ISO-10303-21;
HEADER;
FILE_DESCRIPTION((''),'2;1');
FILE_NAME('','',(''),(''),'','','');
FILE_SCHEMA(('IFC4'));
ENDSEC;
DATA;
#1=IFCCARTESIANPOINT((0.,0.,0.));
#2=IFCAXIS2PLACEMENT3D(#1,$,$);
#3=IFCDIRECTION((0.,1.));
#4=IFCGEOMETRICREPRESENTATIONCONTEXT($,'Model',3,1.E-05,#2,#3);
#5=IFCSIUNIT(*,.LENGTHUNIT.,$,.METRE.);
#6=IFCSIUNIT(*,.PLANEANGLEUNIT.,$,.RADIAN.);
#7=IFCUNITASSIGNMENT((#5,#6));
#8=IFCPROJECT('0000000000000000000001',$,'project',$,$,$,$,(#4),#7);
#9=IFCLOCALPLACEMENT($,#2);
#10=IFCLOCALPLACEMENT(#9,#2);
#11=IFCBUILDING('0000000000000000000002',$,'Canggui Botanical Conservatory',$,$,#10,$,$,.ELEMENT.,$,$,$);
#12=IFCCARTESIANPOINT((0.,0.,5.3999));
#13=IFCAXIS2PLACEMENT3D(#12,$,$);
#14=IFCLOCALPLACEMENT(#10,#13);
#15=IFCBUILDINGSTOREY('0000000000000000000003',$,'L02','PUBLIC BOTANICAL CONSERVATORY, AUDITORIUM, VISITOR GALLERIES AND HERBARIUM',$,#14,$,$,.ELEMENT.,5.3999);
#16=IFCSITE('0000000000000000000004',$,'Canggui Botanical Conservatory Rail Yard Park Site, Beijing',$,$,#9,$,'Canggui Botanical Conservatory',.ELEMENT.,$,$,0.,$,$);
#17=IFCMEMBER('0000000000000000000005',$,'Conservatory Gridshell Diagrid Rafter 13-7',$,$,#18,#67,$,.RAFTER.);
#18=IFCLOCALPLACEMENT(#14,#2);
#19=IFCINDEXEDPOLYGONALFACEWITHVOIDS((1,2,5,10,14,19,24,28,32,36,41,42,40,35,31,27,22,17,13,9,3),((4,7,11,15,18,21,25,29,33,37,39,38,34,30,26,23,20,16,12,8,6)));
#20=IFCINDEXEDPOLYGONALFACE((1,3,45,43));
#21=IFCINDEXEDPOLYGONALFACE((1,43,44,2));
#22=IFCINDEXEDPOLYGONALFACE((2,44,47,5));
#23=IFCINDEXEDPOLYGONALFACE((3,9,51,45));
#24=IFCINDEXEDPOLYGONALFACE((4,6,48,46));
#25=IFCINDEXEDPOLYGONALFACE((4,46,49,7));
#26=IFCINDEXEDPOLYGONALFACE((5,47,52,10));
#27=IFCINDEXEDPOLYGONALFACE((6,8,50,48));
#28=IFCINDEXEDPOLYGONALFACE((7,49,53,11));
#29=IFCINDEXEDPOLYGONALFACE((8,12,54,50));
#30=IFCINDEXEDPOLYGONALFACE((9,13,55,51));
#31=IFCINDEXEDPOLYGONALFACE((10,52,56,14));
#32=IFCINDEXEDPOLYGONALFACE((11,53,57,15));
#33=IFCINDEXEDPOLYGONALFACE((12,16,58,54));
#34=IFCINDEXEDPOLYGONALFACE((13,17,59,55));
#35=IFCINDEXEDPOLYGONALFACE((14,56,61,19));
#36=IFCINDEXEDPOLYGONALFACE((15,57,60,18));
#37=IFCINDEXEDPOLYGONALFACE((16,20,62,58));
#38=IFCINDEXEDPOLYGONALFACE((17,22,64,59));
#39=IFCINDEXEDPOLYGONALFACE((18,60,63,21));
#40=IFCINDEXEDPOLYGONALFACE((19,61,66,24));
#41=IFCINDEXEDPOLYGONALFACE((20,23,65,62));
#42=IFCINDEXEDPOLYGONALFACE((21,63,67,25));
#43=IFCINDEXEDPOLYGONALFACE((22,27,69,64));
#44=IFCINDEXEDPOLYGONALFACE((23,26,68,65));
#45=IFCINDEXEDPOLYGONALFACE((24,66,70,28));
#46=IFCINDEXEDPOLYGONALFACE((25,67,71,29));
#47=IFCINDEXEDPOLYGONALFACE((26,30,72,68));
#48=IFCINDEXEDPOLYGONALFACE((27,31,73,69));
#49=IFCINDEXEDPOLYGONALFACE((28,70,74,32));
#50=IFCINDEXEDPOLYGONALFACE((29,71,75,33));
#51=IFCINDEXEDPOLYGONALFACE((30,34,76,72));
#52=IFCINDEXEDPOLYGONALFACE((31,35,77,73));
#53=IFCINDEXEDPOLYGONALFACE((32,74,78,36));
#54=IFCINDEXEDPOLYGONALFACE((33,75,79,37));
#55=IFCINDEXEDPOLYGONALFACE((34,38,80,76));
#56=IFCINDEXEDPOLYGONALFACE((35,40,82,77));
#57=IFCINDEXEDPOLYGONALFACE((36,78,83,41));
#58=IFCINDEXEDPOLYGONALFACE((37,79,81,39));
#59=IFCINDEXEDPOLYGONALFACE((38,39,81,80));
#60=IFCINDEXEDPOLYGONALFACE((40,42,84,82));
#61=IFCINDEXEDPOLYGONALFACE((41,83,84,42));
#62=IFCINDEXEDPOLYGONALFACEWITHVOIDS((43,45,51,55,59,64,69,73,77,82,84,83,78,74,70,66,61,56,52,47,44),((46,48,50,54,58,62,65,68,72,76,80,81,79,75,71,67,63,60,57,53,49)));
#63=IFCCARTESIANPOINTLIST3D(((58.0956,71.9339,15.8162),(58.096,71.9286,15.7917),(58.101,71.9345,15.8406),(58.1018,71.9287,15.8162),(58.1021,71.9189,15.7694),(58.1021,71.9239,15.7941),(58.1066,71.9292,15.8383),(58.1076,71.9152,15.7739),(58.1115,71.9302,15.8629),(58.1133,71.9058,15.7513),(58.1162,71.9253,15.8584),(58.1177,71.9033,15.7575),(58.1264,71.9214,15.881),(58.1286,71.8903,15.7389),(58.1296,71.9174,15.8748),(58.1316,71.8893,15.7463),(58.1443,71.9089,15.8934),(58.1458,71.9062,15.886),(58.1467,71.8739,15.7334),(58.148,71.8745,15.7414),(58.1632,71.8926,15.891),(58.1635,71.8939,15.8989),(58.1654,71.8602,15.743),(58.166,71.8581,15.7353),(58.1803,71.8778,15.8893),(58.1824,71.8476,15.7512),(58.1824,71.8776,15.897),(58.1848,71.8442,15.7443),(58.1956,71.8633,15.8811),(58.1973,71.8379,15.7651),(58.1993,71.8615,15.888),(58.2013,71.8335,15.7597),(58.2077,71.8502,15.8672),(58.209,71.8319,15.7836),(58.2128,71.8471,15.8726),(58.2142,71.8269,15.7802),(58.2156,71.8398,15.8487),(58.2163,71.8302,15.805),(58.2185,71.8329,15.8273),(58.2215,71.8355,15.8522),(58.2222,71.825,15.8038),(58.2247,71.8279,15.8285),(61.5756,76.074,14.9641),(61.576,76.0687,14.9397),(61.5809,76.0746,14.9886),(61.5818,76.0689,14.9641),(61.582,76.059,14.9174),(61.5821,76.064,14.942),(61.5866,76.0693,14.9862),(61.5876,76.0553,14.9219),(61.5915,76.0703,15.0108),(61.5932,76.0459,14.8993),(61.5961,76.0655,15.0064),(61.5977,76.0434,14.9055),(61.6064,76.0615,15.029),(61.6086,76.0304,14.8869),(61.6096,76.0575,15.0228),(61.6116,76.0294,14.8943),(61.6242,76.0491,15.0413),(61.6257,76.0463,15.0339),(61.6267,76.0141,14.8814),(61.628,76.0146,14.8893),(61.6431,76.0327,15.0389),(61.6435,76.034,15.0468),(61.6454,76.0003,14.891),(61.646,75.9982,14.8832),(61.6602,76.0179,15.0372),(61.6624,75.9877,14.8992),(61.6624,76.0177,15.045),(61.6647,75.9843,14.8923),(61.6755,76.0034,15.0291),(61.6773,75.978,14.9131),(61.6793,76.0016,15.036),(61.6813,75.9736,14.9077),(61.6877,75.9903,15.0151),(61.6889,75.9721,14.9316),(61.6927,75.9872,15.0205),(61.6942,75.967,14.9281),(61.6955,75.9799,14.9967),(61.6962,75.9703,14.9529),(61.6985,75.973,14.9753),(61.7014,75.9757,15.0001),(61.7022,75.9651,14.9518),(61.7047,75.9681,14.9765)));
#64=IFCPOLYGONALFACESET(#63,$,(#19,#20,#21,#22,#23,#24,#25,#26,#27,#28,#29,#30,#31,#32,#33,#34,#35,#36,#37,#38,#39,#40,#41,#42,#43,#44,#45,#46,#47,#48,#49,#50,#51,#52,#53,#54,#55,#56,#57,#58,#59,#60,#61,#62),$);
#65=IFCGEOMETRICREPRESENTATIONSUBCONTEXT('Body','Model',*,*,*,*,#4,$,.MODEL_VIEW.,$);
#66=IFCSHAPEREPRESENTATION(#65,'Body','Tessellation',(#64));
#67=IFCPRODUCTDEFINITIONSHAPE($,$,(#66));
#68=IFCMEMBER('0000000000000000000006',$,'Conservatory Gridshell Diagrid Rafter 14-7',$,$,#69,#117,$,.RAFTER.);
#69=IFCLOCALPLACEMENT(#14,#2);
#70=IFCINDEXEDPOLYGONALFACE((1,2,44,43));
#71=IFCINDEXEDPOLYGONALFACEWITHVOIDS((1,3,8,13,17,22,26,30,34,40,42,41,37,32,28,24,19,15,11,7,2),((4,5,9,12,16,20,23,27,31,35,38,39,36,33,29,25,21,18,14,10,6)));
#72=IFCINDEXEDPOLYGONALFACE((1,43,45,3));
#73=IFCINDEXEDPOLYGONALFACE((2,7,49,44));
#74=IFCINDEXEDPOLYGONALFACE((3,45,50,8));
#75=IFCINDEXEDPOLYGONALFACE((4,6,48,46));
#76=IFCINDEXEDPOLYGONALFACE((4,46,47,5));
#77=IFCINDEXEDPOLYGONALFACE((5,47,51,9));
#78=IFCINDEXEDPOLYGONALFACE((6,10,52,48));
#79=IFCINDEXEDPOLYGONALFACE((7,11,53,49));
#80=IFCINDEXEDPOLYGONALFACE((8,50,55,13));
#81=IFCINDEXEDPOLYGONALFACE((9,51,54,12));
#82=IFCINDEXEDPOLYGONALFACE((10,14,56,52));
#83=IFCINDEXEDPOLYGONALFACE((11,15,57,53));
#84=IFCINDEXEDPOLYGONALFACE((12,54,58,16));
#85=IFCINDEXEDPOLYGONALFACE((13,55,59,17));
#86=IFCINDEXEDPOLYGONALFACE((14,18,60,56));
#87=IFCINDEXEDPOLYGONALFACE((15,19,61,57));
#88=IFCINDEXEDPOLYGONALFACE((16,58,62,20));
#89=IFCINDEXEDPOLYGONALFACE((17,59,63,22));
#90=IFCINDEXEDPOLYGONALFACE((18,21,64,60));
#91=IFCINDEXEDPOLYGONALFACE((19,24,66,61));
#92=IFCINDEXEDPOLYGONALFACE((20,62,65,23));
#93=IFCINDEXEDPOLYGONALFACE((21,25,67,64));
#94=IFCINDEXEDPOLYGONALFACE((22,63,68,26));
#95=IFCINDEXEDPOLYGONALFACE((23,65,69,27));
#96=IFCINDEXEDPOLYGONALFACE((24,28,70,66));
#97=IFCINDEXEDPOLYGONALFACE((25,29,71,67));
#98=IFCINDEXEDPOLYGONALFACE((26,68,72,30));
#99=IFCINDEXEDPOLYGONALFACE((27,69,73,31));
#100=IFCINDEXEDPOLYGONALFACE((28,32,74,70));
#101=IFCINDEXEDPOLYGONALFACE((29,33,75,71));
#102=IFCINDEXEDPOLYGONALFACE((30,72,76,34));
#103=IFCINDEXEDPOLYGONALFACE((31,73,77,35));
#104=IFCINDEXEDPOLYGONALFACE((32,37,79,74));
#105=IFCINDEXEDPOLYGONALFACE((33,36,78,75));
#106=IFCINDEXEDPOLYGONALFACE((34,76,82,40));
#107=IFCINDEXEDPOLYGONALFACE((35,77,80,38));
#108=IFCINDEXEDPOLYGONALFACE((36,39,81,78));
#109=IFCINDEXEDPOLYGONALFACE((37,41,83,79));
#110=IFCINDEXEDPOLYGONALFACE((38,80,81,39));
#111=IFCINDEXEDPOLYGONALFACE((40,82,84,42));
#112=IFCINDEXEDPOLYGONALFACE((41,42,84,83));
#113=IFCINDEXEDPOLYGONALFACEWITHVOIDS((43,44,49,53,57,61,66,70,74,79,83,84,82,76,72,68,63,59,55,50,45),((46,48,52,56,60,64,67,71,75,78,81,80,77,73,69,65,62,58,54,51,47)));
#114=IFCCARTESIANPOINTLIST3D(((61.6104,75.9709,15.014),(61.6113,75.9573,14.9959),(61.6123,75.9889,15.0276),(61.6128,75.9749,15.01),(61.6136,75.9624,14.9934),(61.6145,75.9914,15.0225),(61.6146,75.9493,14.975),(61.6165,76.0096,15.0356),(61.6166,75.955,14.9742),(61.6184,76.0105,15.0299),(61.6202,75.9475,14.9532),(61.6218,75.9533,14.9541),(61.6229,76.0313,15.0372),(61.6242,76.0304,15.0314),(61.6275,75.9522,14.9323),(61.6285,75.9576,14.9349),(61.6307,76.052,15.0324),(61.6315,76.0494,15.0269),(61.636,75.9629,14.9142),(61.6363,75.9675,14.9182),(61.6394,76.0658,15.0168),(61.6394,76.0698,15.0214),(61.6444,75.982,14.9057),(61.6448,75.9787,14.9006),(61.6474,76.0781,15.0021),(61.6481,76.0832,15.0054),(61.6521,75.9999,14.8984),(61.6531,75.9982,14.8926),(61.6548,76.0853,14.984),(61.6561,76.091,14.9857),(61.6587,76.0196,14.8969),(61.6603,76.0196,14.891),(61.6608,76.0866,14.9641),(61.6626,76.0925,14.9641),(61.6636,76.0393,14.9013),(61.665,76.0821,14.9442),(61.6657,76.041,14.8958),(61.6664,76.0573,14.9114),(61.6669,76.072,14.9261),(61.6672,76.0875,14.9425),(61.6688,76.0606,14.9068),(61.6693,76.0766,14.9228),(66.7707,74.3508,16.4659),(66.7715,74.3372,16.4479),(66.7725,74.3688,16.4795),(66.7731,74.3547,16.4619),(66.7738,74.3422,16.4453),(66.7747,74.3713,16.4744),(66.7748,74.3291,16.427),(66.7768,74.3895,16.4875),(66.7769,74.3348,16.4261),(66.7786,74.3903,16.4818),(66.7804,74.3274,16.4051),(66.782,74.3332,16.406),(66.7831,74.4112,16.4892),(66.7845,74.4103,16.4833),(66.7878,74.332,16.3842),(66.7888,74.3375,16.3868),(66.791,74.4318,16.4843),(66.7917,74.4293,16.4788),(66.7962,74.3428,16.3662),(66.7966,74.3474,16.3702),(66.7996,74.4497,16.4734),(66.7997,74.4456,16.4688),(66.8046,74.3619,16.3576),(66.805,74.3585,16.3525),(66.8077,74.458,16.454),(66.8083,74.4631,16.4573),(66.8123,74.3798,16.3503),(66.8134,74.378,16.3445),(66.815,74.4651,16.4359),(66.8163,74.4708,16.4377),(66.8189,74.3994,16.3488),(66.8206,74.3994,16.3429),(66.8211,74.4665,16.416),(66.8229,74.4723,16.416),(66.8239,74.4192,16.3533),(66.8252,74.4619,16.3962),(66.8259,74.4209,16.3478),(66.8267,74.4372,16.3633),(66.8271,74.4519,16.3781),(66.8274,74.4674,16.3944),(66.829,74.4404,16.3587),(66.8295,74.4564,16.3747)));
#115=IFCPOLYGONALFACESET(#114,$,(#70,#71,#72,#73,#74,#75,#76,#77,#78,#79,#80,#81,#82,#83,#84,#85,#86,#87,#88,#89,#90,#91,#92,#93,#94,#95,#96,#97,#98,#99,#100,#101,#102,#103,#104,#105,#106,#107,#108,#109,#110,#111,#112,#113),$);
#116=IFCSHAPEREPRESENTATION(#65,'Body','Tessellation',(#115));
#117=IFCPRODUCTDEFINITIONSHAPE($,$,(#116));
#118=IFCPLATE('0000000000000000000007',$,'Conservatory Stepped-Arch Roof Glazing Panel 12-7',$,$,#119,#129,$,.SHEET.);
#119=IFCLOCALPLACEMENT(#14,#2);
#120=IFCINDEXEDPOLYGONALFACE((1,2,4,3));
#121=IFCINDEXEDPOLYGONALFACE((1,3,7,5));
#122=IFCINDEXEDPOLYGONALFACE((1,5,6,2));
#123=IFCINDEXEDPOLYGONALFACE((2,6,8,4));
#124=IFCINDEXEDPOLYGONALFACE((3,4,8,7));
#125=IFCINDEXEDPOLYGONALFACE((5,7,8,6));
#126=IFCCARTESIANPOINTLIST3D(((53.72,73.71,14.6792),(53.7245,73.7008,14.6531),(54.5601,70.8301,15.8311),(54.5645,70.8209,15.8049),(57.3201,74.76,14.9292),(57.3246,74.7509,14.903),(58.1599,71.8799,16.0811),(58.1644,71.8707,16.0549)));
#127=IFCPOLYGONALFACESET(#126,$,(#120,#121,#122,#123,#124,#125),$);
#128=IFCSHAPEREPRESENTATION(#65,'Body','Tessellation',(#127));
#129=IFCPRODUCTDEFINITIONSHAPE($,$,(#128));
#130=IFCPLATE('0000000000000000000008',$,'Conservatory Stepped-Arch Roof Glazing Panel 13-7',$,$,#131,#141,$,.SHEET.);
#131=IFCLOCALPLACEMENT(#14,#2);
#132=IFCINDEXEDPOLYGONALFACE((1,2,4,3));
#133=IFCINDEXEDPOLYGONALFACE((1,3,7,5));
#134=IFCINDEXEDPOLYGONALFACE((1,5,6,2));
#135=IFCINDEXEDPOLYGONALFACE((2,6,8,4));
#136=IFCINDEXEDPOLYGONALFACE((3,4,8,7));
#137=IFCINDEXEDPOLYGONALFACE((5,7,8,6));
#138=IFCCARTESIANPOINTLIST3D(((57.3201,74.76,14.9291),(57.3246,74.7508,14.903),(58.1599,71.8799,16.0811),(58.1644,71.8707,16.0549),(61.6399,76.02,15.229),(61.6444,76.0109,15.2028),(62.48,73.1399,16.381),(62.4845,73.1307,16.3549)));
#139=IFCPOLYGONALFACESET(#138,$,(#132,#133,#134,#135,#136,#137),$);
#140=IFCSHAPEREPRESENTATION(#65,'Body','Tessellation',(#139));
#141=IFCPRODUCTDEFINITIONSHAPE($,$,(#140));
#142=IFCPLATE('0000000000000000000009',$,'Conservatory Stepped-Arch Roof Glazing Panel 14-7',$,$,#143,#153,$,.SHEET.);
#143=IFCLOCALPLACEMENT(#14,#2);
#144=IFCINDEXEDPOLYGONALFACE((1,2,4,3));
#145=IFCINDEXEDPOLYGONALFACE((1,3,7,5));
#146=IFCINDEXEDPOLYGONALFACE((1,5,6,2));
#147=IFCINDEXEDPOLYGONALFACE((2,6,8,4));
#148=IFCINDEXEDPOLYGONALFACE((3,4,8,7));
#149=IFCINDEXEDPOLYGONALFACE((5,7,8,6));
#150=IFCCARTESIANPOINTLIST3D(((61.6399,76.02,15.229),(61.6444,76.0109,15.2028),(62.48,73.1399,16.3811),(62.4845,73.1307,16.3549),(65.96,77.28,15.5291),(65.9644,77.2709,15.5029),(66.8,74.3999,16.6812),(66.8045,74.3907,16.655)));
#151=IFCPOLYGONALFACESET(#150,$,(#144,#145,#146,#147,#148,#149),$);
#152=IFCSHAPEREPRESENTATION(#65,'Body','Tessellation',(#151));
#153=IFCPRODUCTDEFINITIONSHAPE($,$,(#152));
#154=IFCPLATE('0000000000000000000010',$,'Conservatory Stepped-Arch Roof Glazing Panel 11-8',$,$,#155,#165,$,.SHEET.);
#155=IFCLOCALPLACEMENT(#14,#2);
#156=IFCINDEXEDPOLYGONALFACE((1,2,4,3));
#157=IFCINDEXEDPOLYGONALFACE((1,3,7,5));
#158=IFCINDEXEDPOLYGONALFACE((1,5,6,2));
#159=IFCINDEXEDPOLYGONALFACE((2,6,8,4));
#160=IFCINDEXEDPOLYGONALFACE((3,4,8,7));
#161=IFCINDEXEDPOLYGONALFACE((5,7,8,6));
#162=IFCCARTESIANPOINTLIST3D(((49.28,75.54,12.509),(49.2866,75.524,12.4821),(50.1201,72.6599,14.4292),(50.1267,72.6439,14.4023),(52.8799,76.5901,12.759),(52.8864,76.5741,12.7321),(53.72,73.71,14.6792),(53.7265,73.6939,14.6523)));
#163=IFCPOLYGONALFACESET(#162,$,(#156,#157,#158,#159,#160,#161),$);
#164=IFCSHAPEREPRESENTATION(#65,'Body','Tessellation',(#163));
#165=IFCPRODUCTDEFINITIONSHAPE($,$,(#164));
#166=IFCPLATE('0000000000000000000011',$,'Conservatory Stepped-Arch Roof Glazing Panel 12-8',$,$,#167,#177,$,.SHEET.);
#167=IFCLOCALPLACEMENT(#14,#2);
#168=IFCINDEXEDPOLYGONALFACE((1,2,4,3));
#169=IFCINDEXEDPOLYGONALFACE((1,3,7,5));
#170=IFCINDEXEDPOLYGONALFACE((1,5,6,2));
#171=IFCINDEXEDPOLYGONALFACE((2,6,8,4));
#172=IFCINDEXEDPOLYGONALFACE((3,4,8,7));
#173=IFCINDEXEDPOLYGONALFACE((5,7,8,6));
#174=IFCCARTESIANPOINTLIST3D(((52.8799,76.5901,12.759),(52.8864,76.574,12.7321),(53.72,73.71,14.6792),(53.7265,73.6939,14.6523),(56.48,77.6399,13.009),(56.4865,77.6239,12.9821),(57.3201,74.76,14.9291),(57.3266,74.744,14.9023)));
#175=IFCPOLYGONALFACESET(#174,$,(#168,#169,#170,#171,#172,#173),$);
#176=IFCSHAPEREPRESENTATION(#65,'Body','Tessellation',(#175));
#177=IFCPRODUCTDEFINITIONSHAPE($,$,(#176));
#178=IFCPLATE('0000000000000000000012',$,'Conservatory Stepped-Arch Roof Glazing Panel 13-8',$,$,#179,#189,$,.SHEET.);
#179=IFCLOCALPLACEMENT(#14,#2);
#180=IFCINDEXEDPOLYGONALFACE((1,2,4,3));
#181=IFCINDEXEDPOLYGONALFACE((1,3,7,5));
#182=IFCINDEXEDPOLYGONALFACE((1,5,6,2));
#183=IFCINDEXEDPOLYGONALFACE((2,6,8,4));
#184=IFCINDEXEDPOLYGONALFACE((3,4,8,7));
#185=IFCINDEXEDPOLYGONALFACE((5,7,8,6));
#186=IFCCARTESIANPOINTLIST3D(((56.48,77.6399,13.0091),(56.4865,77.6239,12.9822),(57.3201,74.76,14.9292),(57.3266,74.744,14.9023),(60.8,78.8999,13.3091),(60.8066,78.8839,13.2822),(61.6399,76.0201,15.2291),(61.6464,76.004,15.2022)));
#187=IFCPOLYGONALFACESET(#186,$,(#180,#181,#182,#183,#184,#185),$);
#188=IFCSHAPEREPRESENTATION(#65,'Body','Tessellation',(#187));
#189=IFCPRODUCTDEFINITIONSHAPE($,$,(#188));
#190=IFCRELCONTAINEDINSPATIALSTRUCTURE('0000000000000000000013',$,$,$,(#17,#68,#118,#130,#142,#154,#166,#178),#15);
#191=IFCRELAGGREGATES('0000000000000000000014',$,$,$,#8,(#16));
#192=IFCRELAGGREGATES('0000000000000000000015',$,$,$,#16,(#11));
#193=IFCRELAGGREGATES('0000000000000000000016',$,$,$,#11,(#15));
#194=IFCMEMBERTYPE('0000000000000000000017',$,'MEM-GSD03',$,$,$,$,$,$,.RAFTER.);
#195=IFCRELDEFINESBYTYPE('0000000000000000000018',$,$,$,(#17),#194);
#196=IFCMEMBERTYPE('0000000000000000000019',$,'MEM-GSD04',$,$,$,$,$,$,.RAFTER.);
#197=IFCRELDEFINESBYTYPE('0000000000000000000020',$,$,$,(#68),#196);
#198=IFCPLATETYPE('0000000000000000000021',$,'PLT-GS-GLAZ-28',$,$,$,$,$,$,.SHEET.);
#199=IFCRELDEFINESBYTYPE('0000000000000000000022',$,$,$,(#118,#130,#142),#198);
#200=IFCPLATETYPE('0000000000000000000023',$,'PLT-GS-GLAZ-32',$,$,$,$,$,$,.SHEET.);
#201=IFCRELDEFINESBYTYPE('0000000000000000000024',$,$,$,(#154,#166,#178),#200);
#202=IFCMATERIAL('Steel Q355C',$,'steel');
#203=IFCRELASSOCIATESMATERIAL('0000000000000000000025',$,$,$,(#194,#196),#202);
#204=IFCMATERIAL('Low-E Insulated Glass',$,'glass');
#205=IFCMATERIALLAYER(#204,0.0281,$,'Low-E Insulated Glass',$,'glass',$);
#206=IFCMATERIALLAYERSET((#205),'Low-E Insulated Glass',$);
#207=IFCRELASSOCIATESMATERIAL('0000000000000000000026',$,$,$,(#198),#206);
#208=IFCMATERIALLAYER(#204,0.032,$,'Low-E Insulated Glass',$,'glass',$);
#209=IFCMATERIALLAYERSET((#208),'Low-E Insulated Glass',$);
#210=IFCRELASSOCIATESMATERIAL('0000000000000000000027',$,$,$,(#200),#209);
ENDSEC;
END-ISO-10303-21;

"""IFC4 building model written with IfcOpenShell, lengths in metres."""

from ifc_helpers import new_model, si_unit, direction, frame, origin, origin_2d, place, context, subcontext, project, spatial, polyline, hollow_circle, outline, extrude, material, layer, layer_set, material_profile, profile_set, type_object, element, save


model = new_model("IFC4")

# Units and contexts
model_context = context("Model", 3, precision=1e-05, world=origin(), true_north=direction((0.0, 1.0)))
body_context = subcontext(model_context, "Body", "Model", "MODEL_VIEW")
ifc_project = project(units=[si_unit("LENGTHUNIT", "METRE"), si_unit("PLANEANGLEUNIT", "RADIAN")], contexts=[model_context])

# Site, building, storey
site_placement = place(None, origin())
site = spatial("IfcSite", under=ifc_project, at=site_placement, Name="Canggui Botanical Conservatory Rail Yard Park Site, Beijing", LongName="Canggui Botanical Conservatory", CompositionType="ELEMENT", RefElevation=0.0)
building_placement = place(site_placement, origin())
building = spatial("IfcBuilding", under=site, at=building_placement, Name="Canggui Botanical Conservatory", CompositionType="ELEMENT")
storey_placement = place(building_placement, frame((0.0, 0.0, 5.3999)))
storey = spatial("IfcBuildingStorey", under=building, at=storey_placement, Name="L02", Description="PUBLIC BOTANICAL CONSERVATORY, AUDITORIUM, VISITOR GALLERIES AND HERBARIUM", CompositionType="ELEMENT", Elevation=5.3999)

# Shared definitions
ifc_material_1 = material(Name="Steel Q355C", Category="steel")

# Members
ifc_material_profile_1 = material_profile(ifc_material_1, hollow_circle(Radius=0.084, WallThickness=0.0081, at=origin_2d()), Name="CHS 168x8")
ifc_profile_set_1 = profile_set([ifc_material_profile_1], Name="Steel Q355C")
member_type_1 = type_object("IfcMemberType", Name="MEM-GSD03", PredefinedType="RAFTER", material=ifc_profile_set_1)
member_1_placement = place(storey_placement, frame((58.1599, 71.8799, 15.8162), z_axis=(0.635598, 0.756172, -0.155622), x_axis=(-0.765499, 0.643438, 0.0)))
element("IfcMember", 1, at=member_1_placement, inside=storey, type_object=member_type_1, Name="Conservatory Gridshell Diagrid Rafter 13-7", PredefinedType="RAFTER", context=body_context, shape_type="SweptSolid", body=[
    extrude(hollow_circle(Radius=0.084, WallThickness=0.0081, at=origin_2d()), origin(), (0.0, 0.0, 1.0), 5.4751),
])
ifc_material_profile_2 = material_profile(ifc_material_1, hollow_circle(Radius=0.0759, WallThickness=0.0061, at=origin_2d()), Name="CHS 152x6")
ifc_profile_set_2 = profile_set([ifc_material_profile_2], Name="Steel Q355C")
member_type_2 = type_object("IfcMemberType", Name="MEM-GSD04", PredefinedType="RAFTER", material=ifc_profile_set_2)
member_2_placement = place(storey_placement, frame((61.6399, 76.02, 14.9641), z_axis=(0.921456, -0.289307, 0.259269), x_axis=(0.29955, 0.954081, 0.0)))
element("IfcMember", 2, at=member_2_placement, inside=storey, type_object=member_type_2, Name="Conservatory Gridshell Diagrid Rafter 14-7", PredefinedType="RAFTER", context=body_context, shape_type="SweptSolid", body=[
    extrude(hollow_circle(Radius=0.0759, WallThickness=0.0061, at=origin_2d()), origin(), (0.0, 0.0, 1.0), 5.6001),
])

# Plates
ifc_material_2 = material(Name="Low-E Insulated Glass", Category="glass")
ifc_layer_1 = layer(ifc_material_2, 0.0281, Name="Low-E Insulated Glass", Category="glass")
ifc_layer_set_1 = layer_set([ifc_layer_1], Name="Low-E Insulated Glass")
plate_type_1 = type_object("IfcPlateType", Name="PLT-GS-GLAZ-28", PredefinedType="SHEET", material=ifc_layer_set_1)
plate_1_placement = place(storey_placement, frame((54.5601, 70.8301, 15.8311), z_axis=(-0.159796, 0.326047, 0.93175), x_axis=(0.957884, 0.279344, 0.066527)))
element("IfcPlate", 3, at=plate_1_placement, inside=storey, type_object=plate_type_1, Name="Conservatory Stepped-Arch Roof Glazing Panel 12-7", PredefinedType="SHEET", context=body_context, shape_type="SweptSolid", body=[
    extrude(outline(polyline([(0.0, 0.0), (3.7581, 0.0), (3.6816, 3.2127), (-0.0769, 3.2125), (0.0, 0.0)])), origin(), (0.0, 0.0, -1.0), 0.0281),
])
plate_2_placement = place(storey_placement, frame((58.1599, 71.8799, 16.0811), z_axis=(-0.159795, 0.32607, 0.931742), x_axis=(0.957877, 0.279371, 0.066509)))
element("IfcPlate", 4, at=plate_2_placement, inside=storey, type_object=plate_type_1, Name="Conservatory Stepped-Arch Roof Glazing Panel 13-7", PredefinedType="SHEET", context=body_context, shape_type="SweptSolid", body=[
    extrude(outline(polyline([(0.0, 0.0), (4.5101, 0.0), (4.4334, 3.2128), (-0.0765, 3.2127), (0.0, 0.0)])), origin(), (0.0, 0.0, -1.0), 0.0281),
])
plate_3_placement = place(storey_placement, frame((62.48, 73.1399, 16.3811), z_axis=(-0.159822, 0.32609, 0.931731), x_axis=(0.957874, 0.279378, 0.066529)))
element("IfcPlate", 5, at=plate_3_placement, inside=storey, type_object=plate_type_1, Name="Conservatory Stepped-Arch Roof Glazing Panel 14-7", PredefinedType="SHEET", context=body_context, shape_type="SweptSolid", body=[
    extrude(outline(polyline([(0.0, 0.0), (4.5101, 0.0), (4.4334, 3.2128), (-0.0767, 3.2128), (0.0, 0.0)])), origin(), (0.0, 0.0, -1.0), 0.0281),
])
ifc_layer_2 = layer(ifc_material_2, 0.032, Name="Low-E Insulated Glass", Category="glass")
ifc_layer_set_2 = layer_set([ifc_layer_2], Name="Low-E Insulated Glass")
plate_type_2 = type_object("IfcPlateType", Name="PLT-GS-GLAZ-32", PredefinedType="SHEET", material=ifc_layer_set_2)
plate_4_placement = place(storey_placement, frame((50.1201, 72.6599, 14.4292), z_axis=(-0.204535, 0.500989, 0.840937), x_axis=(0.957867, 0.279402, 0.066521)))
element("IfcPlate", 6, at=plate_4_placement, inside=storey, type_object=plate_type_2, Name="Conservatory Stepped-Arch Roof Glazing Panel 11-8", PredefinedType="SHEET", context=body_context, shape_type="SweptSolid", body=[
    extrude(outline(polyline([(0.0, 0.0), (3.7582, 0.0), (3.6305, 3.5597), (-0.1277, 3.5597), (0.0, 0.0)])), origin(), (0.0, 0.0, -1.0), 0.032),
])
plate_5_placement = place(storey_placement, frame((53.72, 73.71, 14.6792), z_axis=(-0.204511, 0.501012, 0.840929), x_axis=(0.957876, 0.279377, 0.066503)))
element("IfcPlate", 7, at=plate_5_placement, inside=storey, type_object=plate_type_2, Name="Conservatory Stepped-Arch Roof Glazing Panel 12-8", PredefinedType="SHEET", context=body_context, shape_type="SweptSolid", body=[
    extrude(outline(polyline([(0.0, 0.0), (3.7584, 0.0), (3.6306, 3.5595), (-0.1278, 3.5597), (0.0, 0.0)])), origin(), (0.0, 0.0, -1.0), 0.032),
])
plate_6_placement = place(storey_placement, frame((57.3201, 74.76, 14.9292), z_axis=(-0.204514, 0.501007, 0.840932), x_axis=(0.957869, 0.279402, 0.066493)))
element("IfcPlate", 8, at=plate_6_placement, inside=storey, type_object=plate_type_2, Name="Conservatory Stepped-Arch Roof Glazing Panel 13-8", PredefinedType="SHEET", context=body_context, shape_type="SweptSolid", body=[
    extrude(outline(polyline([(0.0, 0.0), (4.5098, 0.0), (4.3823, 3.5593), (-0.1277, 3.5595), (0.0, 0.0)])), origin(), (0.0, 0.0, -1.0), 0.032),
])

save(model, "model.ifc")
